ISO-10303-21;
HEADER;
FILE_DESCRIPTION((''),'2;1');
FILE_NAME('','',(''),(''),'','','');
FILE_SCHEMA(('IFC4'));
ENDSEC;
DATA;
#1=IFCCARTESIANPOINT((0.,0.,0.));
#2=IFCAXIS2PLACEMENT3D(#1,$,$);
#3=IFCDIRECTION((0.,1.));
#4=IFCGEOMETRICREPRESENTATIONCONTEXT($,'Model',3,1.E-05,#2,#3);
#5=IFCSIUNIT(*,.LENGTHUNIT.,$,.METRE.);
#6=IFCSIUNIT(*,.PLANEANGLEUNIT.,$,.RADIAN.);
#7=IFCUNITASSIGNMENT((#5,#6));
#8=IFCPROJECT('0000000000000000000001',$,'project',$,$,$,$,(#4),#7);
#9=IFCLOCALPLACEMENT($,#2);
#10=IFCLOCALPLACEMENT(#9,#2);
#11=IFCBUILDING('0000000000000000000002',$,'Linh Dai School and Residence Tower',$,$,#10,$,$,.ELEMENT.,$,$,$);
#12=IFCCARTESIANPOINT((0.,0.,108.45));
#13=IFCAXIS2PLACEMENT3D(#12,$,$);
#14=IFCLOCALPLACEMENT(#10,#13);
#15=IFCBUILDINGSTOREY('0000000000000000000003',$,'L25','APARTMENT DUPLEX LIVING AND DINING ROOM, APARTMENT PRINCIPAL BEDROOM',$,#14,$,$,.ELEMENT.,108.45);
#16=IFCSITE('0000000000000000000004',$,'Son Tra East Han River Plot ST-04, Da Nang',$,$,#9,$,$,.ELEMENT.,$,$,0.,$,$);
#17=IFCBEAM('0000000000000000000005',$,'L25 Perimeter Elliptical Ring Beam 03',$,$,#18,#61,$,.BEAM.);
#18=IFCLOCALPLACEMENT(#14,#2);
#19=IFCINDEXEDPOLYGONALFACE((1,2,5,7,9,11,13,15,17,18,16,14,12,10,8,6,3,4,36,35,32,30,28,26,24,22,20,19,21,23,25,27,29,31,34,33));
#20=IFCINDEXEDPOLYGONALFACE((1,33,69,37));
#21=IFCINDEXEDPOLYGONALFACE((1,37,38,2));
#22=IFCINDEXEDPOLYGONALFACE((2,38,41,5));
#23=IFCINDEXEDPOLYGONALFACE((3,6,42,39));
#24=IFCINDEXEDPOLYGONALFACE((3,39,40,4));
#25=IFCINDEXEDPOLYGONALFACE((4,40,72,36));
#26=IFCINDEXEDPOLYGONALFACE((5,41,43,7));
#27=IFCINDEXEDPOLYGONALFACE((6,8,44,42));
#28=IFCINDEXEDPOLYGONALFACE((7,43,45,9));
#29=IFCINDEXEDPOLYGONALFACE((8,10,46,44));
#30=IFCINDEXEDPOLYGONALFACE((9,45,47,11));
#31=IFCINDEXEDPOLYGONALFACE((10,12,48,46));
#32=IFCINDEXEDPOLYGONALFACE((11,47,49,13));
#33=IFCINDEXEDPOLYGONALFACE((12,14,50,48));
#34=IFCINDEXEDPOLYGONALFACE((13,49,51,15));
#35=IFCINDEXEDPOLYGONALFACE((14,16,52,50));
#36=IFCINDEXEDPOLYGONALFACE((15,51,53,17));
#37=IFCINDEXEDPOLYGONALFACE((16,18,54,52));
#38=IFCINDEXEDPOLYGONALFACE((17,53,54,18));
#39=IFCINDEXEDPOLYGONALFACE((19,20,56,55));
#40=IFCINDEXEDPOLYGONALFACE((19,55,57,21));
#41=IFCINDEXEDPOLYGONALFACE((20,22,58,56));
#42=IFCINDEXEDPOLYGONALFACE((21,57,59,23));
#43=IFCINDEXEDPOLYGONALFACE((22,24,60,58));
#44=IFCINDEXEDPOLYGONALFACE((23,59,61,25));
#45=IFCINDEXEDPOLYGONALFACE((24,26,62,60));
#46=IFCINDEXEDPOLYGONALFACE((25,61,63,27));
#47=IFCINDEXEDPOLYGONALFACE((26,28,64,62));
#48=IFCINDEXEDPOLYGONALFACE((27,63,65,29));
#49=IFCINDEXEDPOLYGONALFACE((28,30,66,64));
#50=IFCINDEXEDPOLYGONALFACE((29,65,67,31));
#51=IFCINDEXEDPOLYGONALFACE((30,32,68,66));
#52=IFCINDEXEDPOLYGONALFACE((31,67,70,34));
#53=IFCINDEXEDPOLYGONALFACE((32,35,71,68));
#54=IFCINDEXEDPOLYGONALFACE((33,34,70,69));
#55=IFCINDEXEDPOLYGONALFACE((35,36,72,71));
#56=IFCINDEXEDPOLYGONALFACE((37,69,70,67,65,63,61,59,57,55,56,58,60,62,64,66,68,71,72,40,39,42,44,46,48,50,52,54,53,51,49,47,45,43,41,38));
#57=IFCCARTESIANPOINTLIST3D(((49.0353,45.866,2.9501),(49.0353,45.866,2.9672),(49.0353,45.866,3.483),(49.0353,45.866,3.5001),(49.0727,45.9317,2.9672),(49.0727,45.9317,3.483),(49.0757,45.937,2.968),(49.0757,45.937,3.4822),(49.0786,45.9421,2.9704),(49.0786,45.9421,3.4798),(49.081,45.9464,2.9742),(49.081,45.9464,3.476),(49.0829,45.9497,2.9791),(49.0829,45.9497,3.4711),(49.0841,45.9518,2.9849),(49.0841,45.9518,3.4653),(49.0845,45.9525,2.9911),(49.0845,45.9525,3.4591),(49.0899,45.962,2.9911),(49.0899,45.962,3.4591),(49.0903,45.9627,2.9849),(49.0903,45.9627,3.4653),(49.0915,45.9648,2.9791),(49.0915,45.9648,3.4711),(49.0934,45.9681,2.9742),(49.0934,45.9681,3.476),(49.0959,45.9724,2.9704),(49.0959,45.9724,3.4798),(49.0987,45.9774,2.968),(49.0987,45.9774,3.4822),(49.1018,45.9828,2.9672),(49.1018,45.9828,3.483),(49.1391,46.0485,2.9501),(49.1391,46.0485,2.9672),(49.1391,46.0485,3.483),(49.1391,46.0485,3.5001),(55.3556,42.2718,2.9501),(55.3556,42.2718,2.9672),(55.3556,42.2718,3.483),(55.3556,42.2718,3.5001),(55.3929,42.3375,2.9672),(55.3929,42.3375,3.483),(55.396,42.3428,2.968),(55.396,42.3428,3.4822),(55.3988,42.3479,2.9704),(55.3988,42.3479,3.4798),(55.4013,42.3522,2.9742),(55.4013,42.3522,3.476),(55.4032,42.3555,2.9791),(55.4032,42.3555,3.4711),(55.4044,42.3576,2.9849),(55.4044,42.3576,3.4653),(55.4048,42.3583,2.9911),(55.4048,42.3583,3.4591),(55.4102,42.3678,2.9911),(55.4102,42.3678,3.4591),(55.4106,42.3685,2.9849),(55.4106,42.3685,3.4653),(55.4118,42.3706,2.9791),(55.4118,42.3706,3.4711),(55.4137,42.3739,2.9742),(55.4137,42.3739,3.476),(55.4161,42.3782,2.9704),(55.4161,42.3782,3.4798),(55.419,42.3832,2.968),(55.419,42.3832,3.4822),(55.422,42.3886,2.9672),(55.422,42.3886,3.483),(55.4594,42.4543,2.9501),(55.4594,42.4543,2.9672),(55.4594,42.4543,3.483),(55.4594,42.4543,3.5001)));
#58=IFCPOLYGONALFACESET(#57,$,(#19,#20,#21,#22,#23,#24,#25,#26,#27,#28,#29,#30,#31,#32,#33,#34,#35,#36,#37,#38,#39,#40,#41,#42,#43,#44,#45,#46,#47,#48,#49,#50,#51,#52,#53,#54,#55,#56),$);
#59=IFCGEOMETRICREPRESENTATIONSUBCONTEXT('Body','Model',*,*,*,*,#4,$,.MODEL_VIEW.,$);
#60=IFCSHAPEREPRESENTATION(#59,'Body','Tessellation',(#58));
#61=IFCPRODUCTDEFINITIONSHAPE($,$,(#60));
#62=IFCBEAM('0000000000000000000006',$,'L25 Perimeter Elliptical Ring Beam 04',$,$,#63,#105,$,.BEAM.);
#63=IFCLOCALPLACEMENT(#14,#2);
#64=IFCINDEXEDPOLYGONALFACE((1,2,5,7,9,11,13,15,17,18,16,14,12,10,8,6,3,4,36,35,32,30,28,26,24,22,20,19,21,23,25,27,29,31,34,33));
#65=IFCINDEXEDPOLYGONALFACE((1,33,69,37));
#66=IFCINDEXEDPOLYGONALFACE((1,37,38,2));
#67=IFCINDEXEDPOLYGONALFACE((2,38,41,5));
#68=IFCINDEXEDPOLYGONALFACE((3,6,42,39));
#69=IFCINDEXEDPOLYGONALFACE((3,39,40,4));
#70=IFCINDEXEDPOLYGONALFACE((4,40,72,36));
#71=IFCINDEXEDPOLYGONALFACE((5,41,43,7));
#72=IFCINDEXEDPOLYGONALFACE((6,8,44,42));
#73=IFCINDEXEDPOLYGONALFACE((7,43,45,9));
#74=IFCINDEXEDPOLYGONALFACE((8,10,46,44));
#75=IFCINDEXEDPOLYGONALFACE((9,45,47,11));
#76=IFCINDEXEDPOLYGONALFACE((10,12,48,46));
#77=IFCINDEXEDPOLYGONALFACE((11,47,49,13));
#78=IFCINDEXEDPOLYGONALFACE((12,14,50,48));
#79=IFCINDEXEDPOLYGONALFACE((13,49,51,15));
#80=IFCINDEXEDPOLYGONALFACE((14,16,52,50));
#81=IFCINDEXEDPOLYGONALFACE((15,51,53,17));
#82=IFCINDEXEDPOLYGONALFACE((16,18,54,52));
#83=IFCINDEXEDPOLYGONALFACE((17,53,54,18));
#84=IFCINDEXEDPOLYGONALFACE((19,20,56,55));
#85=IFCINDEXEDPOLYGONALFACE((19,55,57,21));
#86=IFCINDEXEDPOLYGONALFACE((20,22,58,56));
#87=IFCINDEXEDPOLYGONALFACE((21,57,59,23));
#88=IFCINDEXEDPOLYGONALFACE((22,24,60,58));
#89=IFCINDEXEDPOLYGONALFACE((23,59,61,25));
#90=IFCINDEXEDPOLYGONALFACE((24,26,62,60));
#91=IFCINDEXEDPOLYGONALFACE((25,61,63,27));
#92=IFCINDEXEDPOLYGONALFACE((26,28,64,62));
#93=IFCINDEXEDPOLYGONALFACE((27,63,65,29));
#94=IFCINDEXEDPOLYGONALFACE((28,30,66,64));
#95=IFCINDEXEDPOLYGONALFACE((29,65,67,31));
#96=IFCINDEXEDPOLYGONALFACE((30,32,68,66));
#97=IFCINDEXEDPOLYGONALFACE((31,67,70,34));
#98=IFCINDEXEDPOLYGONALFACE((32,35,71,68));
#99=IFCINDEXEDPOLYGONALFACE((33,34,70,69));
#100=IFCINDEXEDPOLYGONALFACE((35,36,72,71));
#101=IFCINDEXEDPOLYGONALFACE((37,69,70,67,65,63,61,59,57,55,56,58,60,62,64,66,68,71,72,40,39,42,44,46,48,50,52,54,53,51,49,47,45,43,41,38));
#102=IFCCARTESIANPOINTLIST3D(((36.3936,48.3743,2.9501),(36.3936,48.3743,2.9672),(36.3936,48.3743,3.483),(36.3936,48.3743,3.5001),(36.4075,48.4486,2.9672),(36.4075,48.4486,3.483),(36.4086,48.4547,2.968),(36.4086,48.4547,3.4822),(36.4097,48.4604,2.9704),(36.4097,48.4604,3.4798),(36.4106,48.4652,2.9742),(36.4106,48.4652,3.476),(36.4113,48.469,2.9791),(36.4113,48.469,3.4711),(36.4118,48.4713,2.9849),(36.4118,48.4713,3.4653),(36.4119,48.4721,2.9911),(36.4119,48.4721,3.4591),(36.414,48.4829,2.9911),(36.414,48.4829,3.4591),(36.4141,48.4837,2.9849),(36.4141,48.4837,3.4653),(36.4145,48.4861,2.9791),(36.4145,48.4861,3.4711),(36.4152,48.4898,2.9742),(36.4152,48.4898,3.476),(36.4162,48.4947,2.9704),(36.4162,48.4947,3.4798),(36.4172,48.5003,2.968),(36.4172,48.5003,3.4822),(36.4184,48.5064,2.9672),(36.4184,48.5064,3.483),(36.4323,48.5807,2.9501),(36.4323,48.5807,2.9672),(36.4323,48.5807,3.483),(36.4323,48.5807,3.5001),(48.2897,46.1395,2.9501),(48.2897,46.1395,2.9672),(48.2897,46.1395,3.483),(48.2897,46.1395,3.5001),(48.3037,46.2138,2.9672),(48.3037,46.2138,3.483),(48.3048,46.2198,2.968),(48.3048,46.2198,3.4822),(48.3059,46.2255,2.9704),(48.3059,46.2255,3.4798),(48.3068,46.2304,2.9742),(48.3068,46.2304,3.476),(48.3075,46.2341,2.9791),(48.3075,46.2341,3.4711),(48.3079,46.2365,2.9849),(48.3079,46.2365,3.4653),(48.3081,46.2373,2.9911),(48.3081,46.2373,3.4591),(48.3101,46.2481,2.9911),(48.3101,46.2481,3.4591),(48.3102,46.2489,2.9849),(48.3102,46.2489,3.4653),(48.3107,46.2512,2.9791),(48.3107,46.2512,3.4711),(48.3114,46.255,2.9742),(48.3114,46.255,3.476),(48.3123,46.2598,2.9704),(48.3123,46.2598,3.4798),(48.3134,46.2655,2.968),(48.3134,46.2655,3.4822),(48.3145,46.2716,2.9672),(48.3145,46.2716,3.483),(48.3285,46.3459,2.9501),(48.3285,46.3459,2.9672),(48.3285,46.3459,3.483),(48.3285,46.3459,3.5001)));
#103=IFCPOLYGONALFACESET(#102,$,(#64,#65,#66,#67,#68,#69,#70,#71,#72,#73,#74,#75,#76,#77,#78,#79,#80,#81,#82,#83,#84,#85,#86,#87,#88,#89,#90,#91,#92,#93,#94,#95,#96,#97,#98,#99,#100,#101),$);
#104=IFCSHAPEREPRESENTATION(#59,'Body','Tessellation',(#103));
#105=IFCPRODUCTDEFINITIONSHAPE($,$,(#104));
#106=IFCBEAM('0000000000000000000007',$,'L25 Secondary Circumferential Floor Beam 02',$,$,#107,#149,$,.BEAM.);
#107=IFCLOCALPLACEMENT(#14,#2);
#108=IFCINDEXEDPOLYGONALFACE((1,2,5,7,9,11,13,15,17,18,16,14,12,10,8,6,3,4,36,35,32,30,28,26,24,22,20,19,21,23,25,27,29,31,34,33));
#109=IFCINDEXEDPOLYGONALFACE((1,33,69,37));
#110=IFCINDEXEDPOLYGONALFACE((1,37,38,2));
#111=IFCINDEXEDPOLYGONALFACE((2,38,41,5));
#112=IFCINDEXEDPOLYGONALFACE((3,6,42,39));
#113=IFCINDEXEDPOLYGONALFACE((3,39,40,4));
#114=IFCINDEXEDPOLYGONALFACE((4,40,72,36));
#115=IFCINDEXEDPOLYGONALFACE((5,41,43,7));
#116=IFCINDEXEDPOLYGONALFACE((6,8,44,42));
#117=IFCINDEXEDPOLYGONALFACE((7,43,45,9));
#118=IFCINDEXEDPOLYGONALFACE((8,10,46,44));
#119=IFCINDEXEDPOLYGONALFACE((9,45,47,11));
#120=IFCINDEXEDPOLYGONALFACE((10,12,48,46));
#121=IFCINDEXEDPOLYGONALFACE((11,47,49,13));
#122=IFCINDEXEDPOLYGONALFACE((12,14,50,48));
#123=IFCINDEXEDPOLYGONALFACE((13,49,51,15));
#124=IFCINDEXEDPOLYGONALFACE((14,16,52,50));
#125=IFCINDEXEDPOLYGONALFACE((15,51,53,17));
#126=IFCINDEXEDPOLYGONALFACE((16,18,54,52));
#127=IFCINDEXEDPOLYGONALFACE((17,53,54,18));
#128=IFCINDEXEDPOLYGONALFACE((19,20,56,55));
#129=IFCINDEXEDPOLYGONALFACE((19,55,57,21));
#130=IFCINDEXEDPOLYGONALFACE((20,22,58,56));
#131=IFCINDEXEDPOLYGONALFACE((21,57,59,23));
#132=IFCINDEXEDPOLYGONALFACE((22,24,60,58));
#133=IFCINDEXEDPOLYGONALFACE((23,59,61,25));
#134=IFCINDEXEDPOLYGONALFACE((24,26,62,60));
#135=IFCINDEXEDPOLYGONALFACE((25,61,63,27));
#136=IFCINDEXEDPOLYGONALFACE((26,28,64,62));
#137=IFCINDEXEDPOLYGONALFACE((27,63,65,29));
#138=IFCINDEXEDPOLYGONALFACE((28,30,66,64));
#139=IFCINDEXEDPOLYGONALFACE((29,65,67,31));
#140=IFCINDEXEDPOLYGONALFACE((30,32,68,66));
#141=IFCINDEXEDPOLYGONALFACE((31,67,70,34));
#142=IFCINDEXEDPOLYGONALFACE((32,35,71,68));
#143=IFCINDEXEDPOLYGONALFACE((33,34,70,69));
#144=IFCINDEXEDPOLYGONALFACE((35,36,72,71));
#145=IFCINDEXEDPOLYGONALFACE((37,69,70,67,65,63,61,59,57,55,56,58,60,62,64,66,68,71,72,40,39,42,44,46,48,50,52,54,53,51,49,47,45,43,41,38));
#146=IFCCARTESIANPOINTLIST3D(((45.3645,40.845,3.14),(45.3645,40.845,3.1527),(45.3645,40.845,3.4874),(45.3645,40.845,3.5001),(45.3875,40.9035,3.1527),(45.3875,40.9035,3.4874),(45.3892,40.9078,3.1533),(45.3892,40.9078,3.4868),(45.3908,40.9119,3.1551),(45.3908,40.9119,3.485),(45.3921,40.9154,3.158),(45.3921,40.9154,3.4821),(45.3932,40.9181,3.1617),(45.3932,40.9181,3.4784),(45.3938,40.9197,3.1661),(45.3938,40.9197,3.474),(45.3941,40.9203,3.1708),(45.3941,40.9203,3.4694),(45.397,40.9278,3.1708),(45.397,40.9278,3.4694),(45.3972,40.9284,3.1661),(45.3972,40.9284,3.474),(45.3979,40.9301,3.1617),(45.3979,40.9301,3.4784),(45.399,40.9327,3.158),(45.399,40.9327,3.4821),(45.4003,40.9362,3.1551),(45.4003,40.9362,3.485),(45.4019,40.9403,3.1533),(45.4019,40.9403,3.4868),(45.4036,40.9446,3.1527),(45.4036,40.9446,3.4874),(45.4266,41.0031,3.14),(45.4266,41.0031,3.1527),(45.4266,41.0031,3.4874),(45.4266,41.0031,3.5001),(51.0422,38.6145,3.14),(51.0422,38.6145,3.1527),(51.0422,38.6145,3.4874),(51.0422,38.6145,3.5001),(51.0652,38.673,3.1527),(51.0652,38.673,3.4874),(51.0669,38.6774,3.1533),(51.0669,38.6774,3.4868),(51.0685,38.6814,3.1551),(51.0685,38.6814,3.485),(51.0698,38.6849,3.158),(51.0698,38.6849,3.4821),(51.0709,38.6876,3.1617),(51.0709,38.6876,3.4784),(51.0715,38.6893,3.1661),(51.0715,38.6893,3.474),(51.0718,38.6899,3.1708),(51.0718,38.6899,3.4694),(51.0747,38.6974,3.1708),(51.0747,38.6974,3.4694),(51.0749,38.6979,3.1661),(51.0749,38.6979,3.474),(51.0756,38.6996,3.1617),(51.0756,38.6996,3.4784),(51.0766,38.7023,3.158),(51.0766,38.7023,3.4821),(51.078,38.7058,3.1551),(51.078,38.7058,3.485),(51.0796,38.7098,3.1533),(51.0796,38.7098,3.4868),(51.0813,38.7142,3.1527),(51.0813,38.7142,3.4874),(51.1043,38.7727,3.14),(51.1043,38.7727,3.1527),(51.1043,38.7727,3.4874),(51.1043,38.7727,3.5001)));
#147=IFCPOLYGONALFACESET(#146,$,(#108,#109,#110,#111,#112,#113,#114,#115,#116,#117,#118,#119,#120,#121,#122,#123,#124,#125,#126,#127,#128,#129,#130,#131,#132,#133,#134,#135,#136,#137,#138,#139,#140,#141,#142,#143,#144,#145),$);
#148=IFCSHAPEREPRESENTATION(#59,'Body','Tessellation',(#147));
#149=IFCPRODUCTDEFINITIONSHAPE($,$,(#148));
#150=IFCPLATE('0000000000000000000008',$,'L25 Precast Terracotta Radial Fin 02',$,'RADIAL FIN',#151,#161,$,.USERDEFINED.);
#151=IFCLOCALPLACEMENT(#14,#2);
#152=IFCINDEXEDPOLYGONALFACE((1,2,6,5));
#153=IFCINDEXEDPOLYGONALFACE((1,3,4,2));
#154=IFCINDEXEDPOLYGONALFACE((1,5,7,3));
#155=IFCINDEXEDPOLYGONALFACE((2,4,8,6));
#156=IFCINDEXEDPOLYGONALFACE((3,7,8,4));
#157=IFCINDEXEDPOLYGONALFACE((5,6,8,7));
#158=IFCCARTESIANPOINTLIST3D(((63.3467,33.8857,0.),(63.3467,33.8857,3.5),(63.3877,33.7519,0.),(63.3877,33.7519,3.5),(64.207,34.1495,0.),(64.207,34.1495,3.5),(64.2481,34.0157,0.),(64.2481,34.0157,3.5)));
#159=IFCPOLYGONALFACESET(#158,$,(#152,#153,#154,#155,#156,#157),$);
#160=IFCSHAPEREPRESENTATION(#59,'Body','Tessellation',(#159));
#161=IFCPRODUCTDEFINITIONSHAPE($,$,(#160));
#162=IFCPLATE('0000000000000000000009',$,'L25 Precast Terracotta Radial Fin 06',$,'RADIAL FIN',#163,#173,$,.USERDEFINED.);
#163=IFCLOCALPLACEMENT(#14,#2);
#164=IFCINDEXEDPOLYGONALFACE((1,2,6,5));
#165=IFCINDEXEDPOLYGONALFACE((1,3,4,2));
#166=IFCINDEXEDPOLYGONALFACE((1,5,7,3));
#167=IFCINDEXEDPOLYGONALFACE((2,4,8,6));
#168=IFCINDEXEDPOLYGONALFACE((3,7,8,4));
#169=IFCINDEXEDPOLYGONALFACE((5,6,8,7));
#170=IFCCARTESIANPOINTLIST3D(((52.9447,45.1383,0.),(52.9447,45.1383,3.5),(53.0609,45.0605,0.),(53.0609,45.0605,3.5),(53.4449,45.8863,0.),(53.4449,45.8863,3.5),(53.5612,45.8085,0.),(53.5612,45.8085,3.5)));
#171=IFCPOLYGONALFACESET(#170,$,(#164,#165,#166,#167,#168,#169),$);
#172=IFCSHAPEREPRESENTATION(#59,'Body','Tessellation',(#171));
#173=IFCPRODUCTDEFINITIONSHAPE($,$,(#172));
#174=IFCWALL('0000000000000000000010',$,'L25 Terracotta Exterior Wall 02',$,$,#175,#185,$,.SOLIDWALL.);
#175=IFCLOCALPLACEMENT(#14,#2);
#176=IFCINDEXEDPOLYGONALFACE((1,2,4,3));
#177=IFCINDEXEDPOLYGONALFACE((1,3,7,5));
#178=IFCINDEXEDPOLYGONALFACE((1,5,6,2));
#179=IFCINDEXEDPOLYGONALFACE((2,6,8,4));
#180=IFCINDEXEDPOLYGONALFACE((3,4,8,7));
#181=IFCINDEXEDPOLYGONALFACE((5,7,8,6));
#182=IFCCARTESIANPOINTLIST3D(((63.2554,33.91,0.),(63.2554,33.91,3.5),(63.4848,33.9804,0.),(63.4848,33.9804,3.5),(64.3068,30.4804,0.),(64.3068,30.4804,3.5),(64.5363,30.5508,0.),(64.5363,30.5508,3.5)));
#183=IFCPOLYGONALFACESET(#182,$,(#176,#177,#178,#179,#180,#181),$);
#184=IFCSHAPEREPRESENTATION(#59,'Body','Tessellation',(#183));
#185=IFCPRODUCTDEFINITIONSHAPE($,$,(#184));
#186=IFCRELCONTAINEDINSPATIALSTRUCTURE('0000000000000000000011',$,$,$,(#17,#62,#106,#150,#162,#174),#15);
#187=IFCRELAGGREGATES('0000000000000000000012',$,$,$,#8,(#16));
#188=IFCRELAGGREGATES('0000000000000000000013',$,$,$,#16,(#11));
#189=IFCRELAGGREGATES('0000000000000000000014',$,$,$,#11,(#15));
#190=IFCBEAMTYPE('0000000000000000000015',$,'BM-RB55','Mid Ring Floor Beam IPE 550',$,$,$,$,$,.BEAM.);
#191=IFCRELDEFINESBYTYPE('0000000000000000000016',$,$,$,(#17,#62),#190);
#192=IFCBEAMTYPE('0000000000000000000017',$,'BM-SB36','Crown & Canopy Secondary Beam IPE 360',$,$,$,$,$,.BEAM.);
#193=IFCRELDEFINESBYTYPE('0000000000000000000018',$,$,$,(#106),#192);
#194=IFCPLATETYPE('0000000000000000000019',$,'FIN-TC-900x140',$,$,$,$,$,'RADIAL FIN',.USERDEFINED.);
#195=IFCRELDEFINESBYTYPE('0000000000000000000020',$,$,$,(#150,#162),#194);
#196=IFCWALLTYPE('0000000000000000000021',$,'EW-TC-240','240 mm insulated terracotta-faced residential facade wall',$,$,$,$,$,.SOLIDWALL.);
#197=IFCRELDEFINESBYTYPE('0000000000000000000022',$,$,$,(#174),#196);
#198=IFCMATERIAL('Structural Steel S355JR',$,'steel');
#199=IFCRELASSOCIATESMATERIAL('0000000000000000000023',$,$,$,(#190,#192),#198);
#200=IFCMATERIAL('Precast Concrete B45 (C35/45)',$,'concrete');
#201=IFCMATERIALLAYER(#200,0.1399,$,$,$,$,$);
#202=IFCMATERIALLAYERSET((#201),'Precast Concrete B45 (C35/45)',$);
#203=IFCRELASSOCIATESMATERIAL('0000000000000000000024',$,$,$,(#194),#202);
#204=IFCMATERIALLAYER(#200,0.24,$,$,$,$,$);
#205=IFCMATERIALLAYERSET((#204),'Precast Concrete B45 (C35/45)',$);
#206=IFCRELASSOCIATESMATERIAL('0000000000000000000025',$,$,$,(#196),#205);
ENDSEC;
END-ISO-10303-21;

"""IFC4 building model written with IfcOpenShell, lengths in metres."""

from ifc_helpers import new_model, si_unit, direction, frame, frame_2d, origin, origin_2d, place, context, subcontext, project, spatial, rectangle, i_section, extrude, source, transform, mapped, material, layer, layer_set, material_profile, profile_set, type_object, element, save


model = new_model("IFC4")

# Units and contexts
model_context = context("Model", 3, precision=1e-05, world=origin(), true_north=direction((0.0, 1.0)))
body_context = subcontext(model_context, "Body", "Model", "MODEL_VIEW")
ifc_project = project(units=[si_unit("LENGTHUNIT", "METRE"), si_unit("PLANEANGLEUNIT", "RADIAN")], contexts=[model_context])

# Site, building, storey
site_placement = place(None, origin())
site = spatial("IfcSite", under=ifc_project, at=site_placement, Name="Son Tra East Han River Plot ST-04, Da Nang", CompositionType="ELEMENT", RefElevation=0.0)
building_placement = place(site_placement, origin())
building = spatial("IfcBuilding", under=site, at=building_placement, Name="Linh Dai School and Residence Tower", CompositionType="ELEMENT")
storey_placement = place(building_placement, frame((0.0, 0.0, 108.45)))
storey = spatial("IfcBuildingStorey", under=building, at=storey_placement, Name="L25", Description="APARTMENT DUPLEX LIVING AND DINING ROOM, APARTMENT PRINCIPAL BEDROOM", CompositionType="ELEMENT", Elevation=108.45)

# Shared definitions
ifc_material_1 = material(Name="Structural Steel S355JR", Category="steel")

# Beams
ifc_material_profile_1 = material_profile(ifc_material_1, i_section(OverallWidth=0.21, OverallDepth=0.55, WebThickness=0.011, FlangeThickness=0.0171, FilletRadius=0.0239, at=origin_2d()), Name="IPE 550")
ifc_profile_set_1 = profile_set([ifc_material_profile_1], Name="Structural Steel S355JR")
beam_type_1 = type_object("IfcBeamType", Name="BM-RB55", Description="Mid Ring Floor Beam IPE 550", PredefinedType="BEAM", material=ifc_profile_set_1)
beam_1_placement = place(storey_placement, frame((55.4075, 42.363, 3.2251), z_axis=(-0.86927, 0.494337, 0.0), x_axis=(-0.494337, -0.86927, 0.0)))
element("IfcBeam", 1, at=beam_1_placement, inside=storey, type_object=beam_type_1, Name="L25 Perimeter Elliptical Ring Beam 03", PredefinedType="BEAM", context=body_context, shape_type="SweptSolid", body=[
    extrude(i_section(OverallWidth=0.21, OverallDepth=0.55, WebThickness=0.011, FlangeThickness=0.0171, FilletRadius=0.0239, at=origin_2d()), origin(), (0.0, 0.0, 1.0), 7.2708),
])
beam_2_placement = place(storey_placement, frame((48.3091, 46.2427, 3.2251), z_axis=(-0.982808, 0.184633, 0.0), x_axis=(-0.184633, -0.982808, 0.0)))
element("IfcBeam", 2, at=beam_2_placement, inside=storey, type_object=beam_type_1, Name="L25 Perimeter Elliptical Ring Beam 04", PredefinedType="BEAM", context=body_context, shape_type="SweptSolid", body=[
    extrude(i_section(OverallWidth=0.21, OverallDepth=0.55, WebThickness=0.011, FlangeThickness=0.0171, FilletRadius=0.0239, at=origin_2d()), origin(), (0.0, 0.0, 1.0), 12.1042),
])
ifc_material_profile_2 = material_profile(ifc_material_1, i_section(OverallWidth=0.1699, OverallDepth=0.3601, WebThickness=0.0081, FlangeThickness=0.0127, FilletRadius=0.0181, at=origin_2d()), Name="IPE 360")
ifc_profile_set_2 = profile_set([ifc_material_profile_2], Name="Structural Steel S355JR")
beam_type_2 = type_object("IfcBeamType", Name="BM-SB36", Description="Crown & Canopy Secondary Beam IPE 360", PredefinedType="BEAM", material=ifc_profile_set_2)
beam_3_placement = place(storey_placement, frame((51.0732, 38.6936, 3.3201), z_axis=(-0.930755, 0.365642, 0.0), x_axis=(-0.365642, -0.930755, 0.0)))
element("IfcBeam", 3, at=beam_3_placement, inside=storey, type_object=beam_type_2, Name="L25 Secondary Circumferential Floor Beam 02", PredefinedType="BEAM", context=body_context, shape_type="SweptSolid", body=[
    extrude(i_section(OverallWidth=0.1699, OverallDepth=0.3601, WebThickness=0.0081, FlangeThickness=0.0127, FilletRadius=0.0181, at=origin_2d()), origin(), (0.0, 0.0, 1.0), 6.1001),
])

# Plates
ifc_material_2 = material(Name="Precast Concrete B45 (C35/45)", Category="concrete")
ifc_layer_1 = layer(ifc_material_2, 0.1399)
ifc_layer_set_1 = layer_set([ifc_layer_1], Name="Precast Concrete B45 (C35/45)")
plate_type = type_object("IfcPlateType", Name="FIN-TC-900x140", ElementType="RADIAL FIN", PredefinedType="USERDEFINED", material=ifc_layer_set_1)
shared_shape_1 = source(origin(), body_context, "Body", "SweptSolid", [
    extrude(rectangle(XDim=0.8999, YDim=0.1399, at=origin_2d()), origin(), (0.0, 0.0, 1.0), 3.5),
])
for number, where, z_axis, x_axis, name in (
    (4, (63.7974, 33.9507, 0.0), (0.0, 0.0, 1.0), (0.956072, 0.293134, 0.0), "L25 Precast Terracotta Radial Fin 02"),
    (5, (53.2529, 45.4734, 0.0), (0.0, 0.0, 1.0), (0.555913, 0.83124, 0.0), "L25 Precast Terracotta Radial Fin 06"),
):
    element("IfcPlate", number, at=place(storey_placement, frame(where, z_axis=z_axis, x_axis=x_axis)), inside=storey, type_object=plate_type, Name=name, ObjectType="RADIAL FIN", PredefinedType="USERDEFINED", context=body_context, shape_type="MappedRepresentation", body=[
        mapped(shared_shape_1, transform((0.0, 0.0, 0.0), x_axis=(1.0, 0.0, 0.0), y_axis=(0.0, 1.0, 0.0), z_axis=(0.0, 0.0, 1.0), scale=1.0)),
    ])

# Wall
ifc_layer_2 = layer(ifc_material_2, 0.24)
ifc_layer_set_2 = layer_set([ifc_layer_2], Name="Precast Concrete B45 (C35/45)")
wall_type_1 = type_object("IfcWallType", Name="EW-TC-240", Description="240 mm insulated terracotta-faced residential facade wall", PredefinedType="SOLIDWALL", material=ifc_layer_set_2)
wall_1_placement = place(storey_placement, frame((63.3701, 33.9451, 0.0), z_axis=(0.0, 0.0, 1.0), x_axis=(0.293124, -0.956074, 0.0)))
element("IfcWall", 6, at=wall_1_placement, inside=storey, type_object=wall_type_1, Name="L25 Terracotta Exterior Wall 02", PredefinedType="SOLIDWALL", context=body_context, shape_type="SweptSolid", body=[
    extrude(rectangle(XDim=3.5872, YDim=0.24, at=frame_2d((1.7935, 0.0))), origin(), (0.0, 0.0, 1.0), 3.5),
])

save(model, "model.ifc")
